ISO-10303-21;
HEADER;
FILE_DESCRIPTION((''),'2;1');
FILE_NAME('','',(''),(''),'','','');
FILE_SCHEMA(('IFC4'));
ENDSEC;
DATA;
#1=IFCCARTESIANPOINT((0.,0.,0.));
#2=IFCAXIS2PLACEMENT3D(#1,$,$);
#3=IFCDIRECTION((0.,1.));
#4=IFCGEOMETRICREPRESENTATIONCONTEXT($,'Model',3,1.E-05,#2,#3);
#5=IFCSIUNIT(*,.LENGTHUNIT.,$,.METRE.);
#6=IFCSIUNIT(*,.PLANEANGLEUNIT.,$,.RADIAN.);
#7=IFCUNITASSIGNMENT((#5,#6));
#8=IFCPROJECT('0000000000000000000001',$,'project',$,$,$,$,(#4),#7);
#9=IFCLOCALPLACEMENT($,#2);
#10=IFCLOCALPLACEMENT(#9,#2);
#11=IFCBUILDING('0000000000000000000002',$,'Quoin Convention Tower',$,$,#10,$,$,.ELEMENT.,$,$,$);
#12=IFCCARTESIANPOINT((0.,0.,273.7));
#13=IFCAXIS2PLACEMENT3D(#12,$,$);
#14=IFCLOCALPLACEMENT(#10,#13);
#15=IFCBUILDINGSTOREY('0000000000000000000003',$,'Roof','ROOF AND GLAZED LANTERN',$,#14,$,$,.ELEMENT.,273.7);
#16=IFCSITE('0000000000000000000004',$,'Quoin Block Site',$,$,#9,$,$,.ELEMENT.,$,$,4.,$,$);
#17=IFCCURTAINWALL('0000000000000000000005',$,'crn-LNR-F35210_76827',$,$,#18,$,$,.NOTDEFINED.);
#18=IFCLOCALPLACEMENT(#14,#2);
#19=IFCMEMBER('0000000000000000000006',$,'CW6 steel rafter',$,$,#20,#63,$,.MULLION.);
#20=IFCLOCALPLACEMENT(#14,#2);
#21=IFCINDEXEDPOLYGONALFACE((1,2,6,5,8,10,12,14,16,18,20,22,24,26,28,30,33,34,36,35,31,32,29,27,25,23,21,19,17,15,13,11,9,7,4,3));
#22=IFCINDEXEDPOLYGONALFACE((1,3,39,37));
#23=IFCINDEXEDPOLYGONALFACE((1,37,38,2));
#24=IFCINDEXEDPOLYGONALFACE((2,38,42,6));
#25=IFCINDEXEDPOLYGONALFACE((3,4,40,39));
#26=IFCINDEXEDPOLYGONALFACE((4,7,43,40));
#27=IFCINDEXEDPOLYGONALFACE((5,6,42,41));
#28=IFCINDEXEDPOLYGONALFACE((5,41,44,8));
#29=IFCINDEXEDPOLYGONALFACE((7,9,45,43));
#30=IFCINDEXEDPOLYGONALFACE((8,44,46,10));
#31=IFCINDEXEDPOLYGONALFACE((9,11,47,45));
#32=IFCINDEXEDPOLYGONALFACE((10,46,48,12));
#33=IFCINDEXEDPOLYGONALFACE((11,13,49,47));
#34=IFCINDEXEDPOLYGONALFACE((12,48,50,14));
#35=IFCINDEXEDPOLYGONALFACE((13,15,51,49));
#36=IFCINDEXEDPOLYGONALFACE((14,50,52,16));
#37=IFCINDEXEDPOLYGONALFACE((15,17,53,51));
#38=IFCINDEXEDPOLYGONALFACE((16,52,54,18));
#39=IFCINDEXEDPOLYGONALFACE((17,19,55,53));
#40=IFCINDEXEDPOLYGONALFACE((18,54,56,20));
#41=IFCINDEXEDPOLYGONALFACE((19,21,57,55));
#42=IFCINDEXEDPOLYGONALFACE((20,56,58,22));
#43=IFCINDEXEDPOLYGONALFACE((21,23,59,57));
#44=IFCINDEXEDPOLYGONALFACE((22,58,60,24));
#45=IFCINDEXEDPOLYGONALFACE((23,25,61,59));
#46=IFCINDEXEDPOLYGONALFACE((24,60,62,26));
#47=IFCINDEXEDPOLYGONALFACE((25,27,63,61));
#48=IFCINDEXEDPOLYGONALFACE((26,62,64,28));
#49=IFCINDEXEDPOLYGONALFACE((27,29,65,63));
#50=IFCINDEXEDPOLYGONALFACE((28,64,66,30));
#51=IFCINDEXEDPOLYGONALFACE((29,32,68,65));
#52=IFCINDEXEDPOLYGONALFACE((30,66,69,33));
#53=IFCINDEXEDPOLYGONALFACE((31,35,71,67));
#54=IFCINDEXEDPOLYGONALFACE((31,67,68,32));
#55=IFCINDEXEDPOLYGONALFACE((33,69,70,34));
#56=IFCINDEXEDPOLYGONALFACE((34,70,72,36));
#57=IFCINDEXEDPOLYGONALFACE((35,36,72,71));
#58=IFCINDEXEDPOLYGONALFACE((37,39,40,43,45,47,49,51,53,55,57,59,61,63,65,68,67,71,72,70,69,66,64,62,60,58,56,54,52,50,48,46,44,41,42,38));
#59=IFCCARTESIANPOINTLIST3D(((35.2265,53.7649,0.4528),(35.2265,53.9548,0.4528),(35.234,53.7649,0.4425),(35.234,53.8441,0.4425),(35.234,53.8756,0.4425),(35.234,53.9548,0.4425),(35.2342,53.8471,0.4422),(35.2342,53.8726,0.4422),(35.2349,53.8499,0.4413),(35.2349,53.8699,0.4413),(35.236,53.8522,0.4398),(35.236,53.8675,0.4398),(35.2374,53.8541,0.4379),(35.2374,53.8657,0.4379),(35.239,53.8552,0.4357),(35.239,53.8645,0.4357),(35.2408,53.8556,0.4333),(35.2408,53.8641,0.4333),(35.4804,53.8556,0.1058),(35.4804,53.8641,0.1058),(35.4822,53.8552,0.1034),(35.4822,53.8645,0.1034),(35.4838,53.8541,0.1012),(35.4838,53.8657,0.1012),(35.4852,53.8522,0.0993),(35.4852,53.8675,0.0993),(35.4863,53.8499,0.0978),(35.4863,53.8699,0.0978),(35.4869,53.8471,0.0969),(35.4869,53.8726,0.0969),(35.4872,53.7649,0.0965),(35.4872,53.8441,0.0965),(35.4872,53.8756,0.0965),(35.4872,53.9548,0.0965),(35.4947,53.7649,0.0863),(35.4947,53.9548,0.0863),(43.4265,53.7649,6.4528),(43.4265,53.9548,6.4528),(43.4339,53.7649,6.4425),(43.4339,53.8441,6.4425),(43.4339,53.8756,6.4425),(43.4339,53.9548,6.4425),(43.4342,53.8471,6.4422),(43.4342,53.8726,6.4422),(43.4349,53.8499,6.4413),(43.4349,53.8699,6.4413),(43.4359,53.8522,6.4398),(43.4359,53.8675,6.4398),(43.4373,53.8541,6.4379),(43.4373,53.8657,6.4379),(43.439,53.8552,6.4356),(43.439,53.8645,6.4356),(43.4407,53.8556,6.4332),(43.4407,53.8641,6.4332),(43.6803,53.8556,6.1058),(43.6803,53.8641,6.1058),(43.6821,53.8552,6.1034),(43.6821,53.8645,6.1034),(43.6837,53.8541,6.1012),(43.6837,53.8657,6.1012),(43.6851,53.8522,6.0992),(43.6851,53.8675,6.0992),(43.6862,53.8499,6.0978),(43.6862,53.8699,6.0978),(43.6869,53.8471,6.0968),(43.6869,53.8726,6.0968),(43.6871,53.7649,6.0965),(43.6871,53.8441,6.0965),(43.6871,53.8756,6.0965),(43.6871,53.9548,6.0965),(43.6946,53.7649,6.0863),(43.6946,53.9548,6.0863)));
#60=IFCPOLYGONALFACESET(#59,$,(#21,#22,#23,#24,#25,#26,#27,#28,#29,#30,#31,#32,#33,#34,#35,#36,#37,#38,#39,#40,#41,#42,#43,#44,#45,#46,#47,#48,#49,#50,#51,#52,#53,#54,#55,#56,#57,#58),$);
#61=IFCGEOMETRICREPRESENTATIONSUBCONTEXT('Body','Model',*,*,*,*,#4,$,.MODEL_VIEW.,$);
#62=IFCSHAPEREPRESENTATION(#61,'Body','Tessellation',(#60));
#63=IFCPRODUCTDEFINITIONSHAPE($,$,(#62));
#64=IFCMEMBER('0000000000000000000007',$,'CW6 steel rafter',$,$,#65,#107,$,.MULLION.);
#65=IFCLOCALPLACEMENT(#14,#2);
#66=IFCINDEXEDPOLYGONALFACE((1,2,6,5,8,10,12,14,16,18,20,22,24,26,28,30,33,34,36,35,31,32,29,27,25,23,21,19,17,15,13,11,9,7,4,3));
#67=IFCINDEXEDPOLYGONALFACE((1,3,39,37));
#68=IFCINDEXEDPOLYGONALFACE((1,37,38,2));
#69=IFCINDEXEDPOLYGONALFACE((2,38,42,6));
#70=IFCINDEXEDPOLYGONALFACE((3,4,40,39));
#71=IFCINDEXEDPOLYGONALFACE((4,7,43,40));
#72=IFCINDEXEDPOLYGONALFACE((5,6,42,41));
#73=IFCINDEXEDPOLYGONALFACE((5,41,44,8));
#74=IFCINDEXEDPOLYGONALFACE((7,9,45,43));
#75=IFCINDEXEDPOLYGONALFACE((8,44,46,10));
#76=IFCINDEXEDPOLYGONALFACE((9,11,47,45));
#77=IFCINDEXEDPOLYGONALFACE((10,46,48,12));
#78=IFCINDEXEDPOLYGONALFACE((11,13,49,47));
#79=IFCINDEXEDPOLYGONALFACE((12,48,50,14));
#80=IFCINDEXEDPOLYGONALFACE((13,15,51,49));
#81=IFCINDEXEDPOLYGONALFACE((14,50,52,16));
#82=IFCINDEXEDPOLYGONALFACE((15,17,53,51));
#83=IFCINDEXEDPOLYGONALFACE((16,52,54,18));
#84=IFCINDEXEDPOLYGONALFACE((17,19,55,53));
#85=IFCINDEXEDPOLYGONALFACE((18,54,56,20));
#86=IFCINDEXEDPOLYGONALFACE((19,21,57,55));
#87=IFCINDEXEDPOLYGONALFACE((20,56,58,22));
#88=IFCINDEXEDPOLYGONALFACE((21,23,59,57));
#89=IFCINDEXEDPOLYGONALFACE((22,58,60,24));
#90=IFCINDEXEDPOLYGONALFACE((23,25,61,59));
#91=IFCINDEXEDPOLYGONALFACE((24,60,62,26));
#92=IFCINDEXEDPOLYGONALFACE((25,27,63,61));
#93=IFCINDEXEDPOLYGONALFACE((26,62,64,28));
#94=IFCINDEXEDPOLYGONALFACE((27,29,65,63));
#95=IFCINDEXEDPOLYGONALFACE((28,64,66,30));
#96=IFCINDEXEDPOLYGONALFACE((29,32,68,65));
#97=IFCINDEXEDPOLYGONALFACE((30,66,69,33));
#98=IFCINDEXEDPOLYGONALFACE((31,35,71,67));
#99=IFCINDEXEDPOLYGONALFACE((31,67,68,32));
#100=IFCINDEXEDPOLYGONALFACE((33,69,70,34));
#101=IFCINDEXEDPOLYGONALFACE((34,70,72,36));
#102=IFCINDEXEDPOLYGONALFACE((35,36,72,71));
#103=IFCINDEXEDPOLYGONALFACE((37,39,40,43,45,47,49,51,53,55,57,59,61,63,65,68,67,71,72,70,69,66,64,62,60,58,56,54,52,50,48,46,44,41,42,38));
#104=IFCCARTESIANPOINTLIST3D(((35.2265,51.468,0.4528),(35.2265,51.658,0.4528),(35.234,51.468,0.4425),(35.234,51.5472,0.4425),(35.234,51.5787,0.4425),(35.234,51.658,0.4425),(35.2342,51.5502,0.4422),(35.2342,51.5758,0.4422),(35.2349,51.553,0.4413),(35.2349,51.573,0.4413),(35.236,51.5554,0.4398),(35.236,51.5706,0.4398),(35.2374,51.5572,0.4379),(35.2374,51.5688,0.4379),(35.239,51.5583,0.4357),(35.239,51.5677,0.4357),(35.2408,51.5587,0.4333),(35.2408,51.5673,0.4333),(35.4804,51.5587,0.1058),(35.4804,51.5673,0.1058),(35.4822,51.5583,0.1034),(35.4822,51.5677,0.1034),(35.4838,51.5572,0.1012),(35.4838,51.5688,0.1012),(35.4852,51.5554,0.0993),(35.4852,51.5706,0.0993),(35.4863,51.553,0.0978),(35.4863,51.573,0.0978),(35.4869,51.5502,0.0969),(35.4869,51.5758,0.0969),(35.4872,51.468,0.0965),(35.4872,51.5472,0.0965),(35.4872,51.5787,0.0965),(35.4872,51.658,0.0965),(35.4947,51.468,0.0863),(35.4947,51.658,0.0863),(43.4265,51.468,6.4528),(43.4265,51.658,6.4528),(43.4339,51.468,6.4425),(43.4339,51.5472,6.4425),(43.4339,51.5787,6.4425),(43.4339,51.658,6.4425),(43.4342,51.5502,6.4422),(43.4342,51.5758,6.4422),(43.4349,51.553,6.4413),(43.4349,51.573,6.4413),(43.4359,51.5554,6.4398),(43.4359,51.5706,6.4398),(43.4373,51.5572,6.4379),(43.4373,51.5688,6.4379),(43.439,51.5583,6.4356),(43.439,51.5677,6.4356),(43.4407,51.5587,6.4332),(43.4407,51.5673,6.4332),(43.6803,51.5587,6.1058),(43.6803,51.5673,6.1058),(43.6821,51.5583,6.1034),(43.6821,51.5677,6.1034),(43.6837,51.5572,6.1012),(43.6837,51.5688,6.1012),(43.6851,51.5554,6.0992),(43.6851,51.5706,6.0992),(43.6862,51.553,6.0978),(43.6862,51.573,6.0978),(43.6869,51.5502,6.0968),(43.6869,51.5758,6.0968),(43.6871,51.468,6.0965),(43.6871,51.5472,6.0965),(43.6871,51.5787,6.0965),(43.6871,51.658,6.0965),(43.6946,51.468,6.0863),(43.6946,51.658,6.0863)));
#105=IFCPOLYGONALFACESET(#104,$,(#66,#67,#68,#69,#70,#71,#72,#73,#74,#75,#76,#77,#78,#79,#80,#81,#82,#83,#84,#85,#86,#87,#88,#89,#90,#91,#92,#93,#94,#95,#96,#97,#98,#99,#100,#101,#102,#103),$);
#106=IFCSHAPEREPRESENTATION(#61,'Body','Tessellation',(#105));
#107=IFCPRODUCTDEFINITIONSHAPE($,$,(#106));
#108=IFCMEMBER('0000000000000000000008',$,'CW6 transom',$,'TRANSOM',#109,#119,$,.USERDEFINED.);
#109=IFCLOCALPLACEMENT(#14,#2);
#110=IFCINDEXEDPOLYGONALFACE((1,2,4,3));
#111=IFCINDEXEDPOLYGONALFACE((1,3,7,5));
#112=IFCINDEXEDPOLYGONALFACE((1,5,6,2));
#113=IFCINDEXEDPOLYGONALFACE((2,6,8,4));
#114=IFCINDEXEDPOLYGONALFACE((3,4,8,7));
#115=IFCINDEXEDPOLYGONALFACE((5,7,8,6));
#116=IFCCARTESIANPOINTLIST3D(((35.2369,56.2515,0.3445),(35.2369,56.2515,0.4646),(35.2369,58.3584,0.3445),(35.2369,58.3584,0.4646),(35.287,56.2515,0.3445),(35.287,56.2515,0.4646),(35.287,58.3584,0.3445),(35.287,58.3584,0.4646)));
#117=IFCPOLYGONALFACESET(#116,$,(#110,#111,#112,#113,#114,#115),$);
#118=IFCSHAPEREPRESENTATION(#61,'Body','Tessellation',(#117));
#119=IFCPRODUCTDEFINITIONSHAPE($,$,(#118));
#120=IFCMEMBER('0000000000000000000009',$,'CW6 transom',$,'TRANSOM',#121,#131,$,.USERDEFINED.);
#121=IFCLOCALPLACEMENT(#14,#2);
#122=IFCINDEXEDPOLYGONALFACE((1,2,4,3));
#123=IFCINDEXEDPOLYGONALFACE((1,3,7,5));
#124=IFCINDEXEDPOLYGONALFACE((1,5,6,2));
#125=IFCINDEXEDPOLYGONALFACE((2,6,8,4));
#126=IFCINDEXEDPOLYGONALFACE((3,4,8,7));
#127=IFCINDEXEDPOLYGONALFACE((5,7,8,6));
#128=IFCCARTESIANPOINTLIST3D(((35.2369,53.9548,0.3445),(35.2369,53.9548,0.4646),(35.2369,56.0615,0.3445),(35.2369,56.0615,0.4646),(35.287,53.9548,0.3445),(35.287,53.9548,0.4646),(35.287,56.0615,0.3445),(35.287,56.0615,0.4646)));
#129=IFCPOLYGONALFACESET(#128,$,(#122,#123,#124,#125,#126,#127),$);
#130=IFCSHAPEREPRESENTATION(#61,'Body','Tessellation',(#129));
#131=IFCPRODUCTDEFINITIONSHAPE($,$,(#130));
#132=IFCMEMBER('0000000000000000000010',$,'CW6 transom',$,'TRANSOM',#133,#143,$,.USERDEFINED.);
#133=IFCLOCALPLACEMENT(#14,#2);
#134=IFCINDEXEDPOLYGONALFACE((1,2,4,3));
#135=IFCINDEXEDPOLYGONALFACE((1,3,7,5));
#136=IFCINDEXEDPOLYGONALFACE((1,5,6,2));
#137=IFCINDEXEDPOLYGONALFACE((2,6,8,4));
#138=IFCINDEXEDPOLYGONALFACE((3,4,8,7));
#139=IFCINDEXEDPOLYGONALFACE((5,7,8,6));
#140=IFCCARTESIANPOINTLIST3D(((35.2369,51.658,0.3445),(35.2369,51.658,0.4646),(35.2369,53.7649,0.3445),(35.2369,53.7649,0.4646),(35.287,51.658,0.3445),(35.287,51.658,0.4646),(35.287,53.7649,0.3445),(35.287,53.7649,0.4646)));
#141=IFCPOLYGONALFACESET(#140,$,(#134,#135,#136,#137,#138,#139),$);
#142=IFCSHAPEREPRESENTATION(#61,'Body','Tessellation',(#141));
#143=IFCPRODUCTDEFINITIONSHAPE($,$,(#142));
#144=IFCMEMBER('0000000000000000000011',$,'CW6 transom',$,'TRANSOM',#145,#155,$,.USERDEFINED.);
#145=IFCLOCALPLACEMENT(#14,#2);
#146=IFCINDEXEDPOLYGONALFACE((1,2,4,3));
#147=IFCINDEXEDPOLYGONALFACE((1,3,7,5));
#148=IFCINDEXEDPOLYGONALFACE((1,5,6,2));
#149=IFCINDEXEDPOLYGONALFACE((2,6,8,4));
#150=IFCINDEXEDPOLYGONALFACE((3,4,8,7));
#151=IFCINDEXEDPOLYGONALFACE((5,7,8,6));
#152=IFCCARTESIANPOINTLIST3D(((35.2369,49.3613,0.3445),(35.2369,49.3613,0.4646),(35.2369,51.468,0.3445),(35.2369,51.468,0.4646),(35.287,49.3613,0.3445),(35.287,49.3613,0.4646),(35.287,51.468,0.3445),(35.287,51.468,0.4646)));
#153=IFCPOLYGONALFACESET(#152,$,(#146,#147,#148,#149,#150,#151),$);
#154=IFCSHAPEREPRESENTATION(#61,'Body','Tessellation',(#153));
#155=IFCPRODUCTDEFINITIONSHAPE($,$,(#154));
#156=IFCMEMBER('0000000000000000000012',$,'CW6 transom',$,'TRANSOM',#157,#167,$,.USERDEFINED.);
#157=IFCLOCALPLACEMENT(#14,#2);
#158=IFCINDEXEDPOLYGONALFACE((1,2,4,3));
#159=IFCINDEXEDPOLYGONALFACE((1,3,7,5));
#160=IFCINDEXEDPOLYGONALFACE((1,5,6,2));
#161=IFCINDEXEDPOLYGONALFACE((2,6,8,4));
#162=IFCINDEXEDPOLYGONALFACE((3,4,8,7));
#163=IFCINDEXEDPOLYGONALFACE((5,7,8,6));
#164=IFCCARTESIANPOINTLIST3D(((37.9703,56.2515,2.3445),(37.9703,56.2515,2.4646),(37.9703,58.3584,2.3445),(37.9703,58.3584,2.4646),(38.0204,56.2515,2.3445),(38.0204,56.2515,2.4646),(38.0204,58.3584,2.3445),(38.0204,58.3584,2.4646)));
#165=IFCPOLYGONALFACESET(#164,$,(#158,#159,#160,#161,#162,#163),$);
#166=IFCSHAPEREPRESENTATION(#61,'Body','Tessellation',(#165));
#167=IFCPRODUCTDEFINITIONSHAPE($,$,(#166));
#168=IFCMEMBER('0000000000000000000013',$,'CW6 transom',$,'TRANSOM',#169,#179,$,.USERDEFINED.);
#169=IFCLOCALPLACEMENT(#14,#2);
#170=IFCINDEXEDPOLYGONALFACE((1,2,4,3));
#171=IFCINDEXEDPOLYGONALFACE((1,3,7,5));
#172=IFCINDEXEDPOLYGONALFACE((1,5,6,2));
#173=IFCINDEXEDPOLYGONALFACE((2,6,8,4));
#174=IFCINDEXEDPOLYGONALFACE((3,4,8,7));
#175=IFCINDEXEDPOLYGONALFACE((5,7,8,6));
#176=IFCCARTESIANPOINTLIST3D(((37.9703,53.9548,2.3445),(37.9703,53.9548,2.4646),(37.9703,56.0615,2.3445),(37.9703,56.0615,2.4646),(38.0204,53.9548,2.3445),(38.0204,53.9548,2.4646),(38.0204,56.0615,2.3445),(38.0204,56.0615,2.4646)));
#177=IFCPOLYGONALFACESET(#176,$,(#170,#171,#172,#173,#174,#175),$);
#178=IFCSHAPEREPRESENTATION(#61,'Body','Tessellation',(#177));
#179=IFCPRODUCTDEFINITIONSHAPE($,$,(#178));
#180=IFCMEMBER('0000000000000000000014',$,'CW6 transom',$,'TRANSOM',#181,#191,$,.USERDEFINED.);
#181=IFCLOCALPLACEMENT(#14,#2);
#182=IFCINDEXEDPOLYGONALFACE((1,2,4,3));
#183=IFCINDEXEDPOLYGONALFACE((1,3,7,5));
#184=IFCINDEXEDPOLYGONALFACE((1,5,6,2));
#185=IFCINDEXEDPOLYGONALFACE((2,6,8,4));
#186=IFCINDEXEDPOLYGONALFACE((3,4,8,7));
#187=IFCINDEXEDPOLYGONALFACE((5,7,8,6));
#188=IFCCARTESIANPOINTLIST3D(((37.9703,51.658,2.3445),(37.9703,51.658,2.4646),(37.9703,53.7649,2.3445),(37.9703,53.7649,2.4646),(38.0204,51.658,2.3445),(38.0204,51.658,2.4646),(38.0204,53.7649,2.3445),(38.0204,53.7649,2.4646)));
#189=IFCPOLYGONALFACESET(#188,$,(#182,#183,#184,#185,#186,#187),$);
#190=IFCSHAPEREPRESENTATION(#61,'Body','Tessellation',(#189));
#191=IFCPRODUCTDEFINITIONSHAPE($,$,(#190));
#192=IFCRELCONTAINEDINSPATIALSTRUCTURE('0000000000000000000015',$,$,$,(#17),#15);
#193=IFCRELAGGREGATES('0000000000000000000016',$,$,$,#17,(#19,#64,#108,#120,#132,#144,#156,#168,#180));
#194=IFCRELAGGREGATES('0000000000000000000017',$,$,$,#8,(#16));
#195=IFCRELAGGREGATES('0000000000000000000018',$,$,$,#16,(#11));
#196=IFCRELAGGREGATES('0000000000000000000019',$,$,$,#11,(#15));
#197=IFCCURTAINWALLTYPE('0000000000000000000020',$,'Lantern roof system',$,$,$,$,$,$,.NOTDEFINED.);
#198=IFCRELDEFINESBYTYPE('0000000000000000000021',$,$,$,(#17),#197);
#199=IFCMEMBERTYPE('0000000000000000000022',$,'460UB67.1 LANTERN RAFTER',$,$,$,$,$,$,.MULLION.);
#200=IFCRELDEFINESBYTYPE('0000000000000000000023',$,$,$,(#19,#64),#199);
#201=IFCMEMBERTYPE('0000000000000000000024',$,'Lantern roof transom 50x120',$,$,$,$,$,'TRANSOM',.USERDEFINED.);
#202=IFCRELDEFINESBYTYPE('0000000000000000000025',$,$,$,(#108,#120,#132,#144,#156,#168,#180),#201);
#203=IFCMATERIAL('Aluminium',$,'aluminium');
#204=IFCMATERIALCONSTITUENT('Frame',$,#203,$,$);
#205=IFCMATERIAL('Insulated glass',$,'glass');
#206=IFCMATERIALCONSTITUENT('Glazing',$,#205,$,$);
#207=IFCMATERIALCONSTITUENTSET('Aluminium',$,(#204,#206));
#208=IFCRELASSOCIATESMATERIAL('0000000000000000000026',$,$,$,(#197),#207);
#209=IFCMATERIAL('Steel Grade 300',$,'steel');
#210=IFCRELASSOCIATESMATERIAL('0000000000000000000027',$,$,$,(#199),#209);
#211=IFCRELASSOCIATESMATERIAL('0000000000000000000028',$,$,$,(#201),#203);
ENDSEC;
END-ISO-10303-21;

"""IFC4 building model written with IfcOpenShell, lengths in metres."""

from ifc_helpers import new_model, si_unit, direction, frame, origin, origin_2d, place, context, subcontext, project, spatial, rectangle, i_section, extrude, material, constituent, constituent_set, material_profile, profile_set, type_object, element, aggregate, save


model = new_model("IFC4")

# Units and contexts
model_context = context("Model", 3, precision=1e-05, world=origin(), true_north=direction((0.0, 1.0)))
body_context = subcontext(model_context, "Body", "Model", "MODEL_VIEW")
ifc_project = project(units=[si_unit("LENGTHUNIT", "METRE"), si_unit("PLANEANGLEUNIT", "RADIAN")], contexts=[model_context])

# Site, building, storey
site_placement = place(None, origin())
site = spatial("IfcSite", under=ifc_project, at=site_placement, Name="Quoin Block Site", CompositionType="ELEMENT", RefElevation=4.0)
building_placement = place(site_placement, origin())
building = spatial("IfcBuilding", under=site, at=building_placement, Name="Quoin Convention Tower", CompositionType="ELEMENT")
storey_placement = place(building_placement, frame((0.0, 0.0, 273.7)))
storey = spatial("IfcBuildingStorey", under=building, at=storey_placement, Name="Roof", Description="ROOF AND GLAZED LANTERN", CompositionType="ELEMENT", Elevation=273.7)

# Shared definitions
ifc_material_1 = material(Name="Steel Grade 300", Category="steel")

# Curtain wall, members
ifc_material_2 = material(Name="Aluminium", Category="aluminium")
ifc_constituent_1 = constituent(ifc_material_2, Name="Frame")
ifc_material_3 = material(Name="Insulated glass", Category="glass")
ifc_constituent_2 = constituent(ifc_material_3, Name="Glazing")
ifc_constituent_set = constituent_set(constituents=[ifc_constituent_1, ifc_constituent_2], Name="Aluminium")
curtain_wall_type = type_object("IfcCurtainWallType", Name="Lantern roof system", PredefinedType="NOTDEFINED", material=ifc_constituent_set)
curtain_wall_placement = place(storey_placement, origin())
curtain_wall = element("IfcCurtainWall", 1, at=curtain_wall_placement, inside=storey, type_object=curtain_wall_type, Name="crn-LNR-F35210_76827", PredefinedType="NOTDEFINED")
ifc_material_profile_1 = material_profile(ifc_material_1, i_section(OverallWidth=0.1899, OverallDepth=0.4541, WebThickness=0.0085, FlangeThickness=0.0127, FilletRadius=0.0115, at=origin_2d()), Name="460UB67.1")
ifc_profile_set_1 = profile_set([ifc_material_profile_1], Name="Steel Grade 300")
member_type_1 = type_object("IfcMemberType", Name="460UB67.1 LANTERN RAFTER", PredefinedType="MULLION", material=ifc_profile_set_1)
member_1_placement = place(storey_placement, frame((35.3606, 53.8599, 0.2695), z_axis=(0.807029, 0.0, 0.590512), x_axis=(0.0, 1.0, 0.0)))
member_1 = element("IfcMember", 2, at=member_1_placement, type_object=member_type_1, Name="CW6 steel rafter", PredefinedType="MULLION", context=body_context, shape_type="SweptSolid", body=[
    extrude(i_section(OverallWidth=0.1899, OverallDepth=0.4541, WebThickness=0.0085, FlangeThickness=0.0127, FilletRadius=0.0115, at=origin_2d()), origin(), (0.0, 0.0, 1.0), 10.1606),
])
member_2_placement = place(storey_placement, frame((35.3606, 51.563, 0.2695), z_axis=(0.807029, 0.0, 0.590512), x_axis=(0.0, 1.0, 0.0)))
member_2 = element("IfcMember", 3, at=member_2_placement, type_object=member_type_1, Name="CW6 steel rafter", PredefinedType="MULLION", context=body_context, shape_type="SweptSolid", body=[
    extrude(i_section(OverallWidth=0.1899, OverallDepth=0.4541, WebThickness=0.0085, FlangeThickness=0.0127, FilletRadius=0.0115, at=origin_2d()), origin(), (0.0, 0.0, 1.0), 10.1606),
])
ifc_material_profile_2 = material_profile(ifc_material_2, rectangle(XDim=0.1201, YDim=0.05, at=origin_2d()), Name="Lantern roof transom 50x120")
ifc_profile_set_2 = profile_set([ifc_material_profile_2], Name="Aluminium")
member_type_2 = type_object("IfcMemberType", Name="Lantern roof transom 50x120", ElementType="TRANSOM", PredefinedType="USERDEFINED", material=ifc_profile_set_2)
member_3_placement = place(storey_placement, frame((35.262, 58.3584, 0.4045), z_axis=(0.0, -1.0, 0.0), x_axis=(0.0, 0.0, 1.0)))
member_3 = element("IfcMember", 4, at=member_3_placement, type_object=member_type_2, Name="CW6 transom", ObjectType="TRANSOM", PredefinedType="USERDEFINED", context=body_context, shape_type="SweptSolid", body=[
    extrude(rectangle(XDim=0.1201, YDim=0.05, at=origin_2d()), origin(), (0.0, 0.0, 1.0), 2.1069),
])
member_4_placement = place(storey_placement, frame((35.262, 56.0615, 0.4045), z_axis=(0.0, -1.0, 0.0), x_axis=(0.0, 0.0, 1.0)))
member_4 = element("IfcMember", 5, at=member_4_placement, type_object=member_type_2, Name="CW6 transom", ObjectType="TRANSOM", PredefinedType="USERDEFINED", context=body_context, shape_type="SweptSolid", body=[
    extrude(rectangle(XDim=0.1201, YDim=0.05, at=origin_2d()), origin(), (0.0, 0.0, 1.0), 2.1067),
])
member_5_placement = place(storey_placement, frame((35.262, 53.7649, 0.4045), z_axis=(0.0, -1.0, 0.0), x_axis=(0.0, 0.0, 1.0)))
member_5 = element("IfcMember", 6, at=member_5_placement, type_object=member_type_2, Name="CW6 transom", ObjectType="TRANSOM", PredefinedType="USERDEFINED", context=body_context, shape_type="SweptSolid", body=[
    extrude(rectangle(XDim=0.1201, YDim=0.05, at=origin_2d()), origin(), (0.0, 0.0, 1.0), 2.1069),
])
member_6_placement = place(storey_placement, frame((35.262, 51.468, 0.4045), z_axis=(0.0, -1.0, 0.0), x_axis=(0.0, 0.0, 1.0)))
member_6 = element("IfcMember", 7, at=member_6_placement, type_object=member_type_2, Name="CW6 transom", ObjectType="TRANSOM", PredefinedType="USERDEFINED", context=body_context, shape_type="SweptSolid", body=[
    extrude(rectangle(XDim=0.1201, YDim=0.05, at=origin_2d()), origin(), (0.0, 0.0, 1.0), 2.1067),
])
member_7_placement = place(storey_placement, frame((37.9954, 58.3584, 2.4045), z_axis=(0.0, -1.0, 0.0), x_axis=(0.0, 0.0, 1.0)))
member_7 = element("IfcMember", 8, at=member_7_placement, type_object=member_type_2, Name="CW6 transom", ObjectType="TRANSOM", PredefinedType="USERDEFINED", context=body_context, shape_type="SweptSolid", body=[
    extrude(rectangle(XDim=0.1201, YDim=0.05, at=origin_2d()), origin(), (0.0, 0.0, 1.0), 2.1069),
])
member_8_placement = place(storey_placement, frame((37.9954, 56.0615, 2.4045), z_axis=(0.0, -1.0, 0.0), x_axis=(0.0, 0.0, 1.0)))
member_8 = element("IfcMember", 9, at=member_8_placement, type_object=member_type_2, Name="CW6 transom", ObjectType="TRANSOM", PredefinedType="USERDEFINED", context=body_context, shape_type="SweptSolid", body=[
    extrude(rectangle(XDim=0.1201, YDim=0.05, at=origin_2d()), origin(), (0.0, 0.0, 1.0), 2.1067),
])
member_9_placement = place(storey_placement, frame((37.9954, 53.7649, 2.4045), z_axis=(0.0, -1.0, 0.0), x_axis=(0.0, 0.0, 1.0)))
member_9 = element("IfcMember", 10, at=member_9_placement, type_object=member_type_2, Name="CW6 transom", ObjectType="TRANSOM", PredefinedType="USERDEFINED", context=body_context, shape_type="SweptSolid", body=[
    extrude(rectangle(XDim=0.1201, YDim=0.05, at=origin_2d()), origin(), (0.0, 0.0, 1.0), 2.1069),
])
aggregate(curtain_wall, [member_1, member_2, member_3, member_4, member_5, member_6, member_7, member_8, member_9])

save(model, "model.ifc")
